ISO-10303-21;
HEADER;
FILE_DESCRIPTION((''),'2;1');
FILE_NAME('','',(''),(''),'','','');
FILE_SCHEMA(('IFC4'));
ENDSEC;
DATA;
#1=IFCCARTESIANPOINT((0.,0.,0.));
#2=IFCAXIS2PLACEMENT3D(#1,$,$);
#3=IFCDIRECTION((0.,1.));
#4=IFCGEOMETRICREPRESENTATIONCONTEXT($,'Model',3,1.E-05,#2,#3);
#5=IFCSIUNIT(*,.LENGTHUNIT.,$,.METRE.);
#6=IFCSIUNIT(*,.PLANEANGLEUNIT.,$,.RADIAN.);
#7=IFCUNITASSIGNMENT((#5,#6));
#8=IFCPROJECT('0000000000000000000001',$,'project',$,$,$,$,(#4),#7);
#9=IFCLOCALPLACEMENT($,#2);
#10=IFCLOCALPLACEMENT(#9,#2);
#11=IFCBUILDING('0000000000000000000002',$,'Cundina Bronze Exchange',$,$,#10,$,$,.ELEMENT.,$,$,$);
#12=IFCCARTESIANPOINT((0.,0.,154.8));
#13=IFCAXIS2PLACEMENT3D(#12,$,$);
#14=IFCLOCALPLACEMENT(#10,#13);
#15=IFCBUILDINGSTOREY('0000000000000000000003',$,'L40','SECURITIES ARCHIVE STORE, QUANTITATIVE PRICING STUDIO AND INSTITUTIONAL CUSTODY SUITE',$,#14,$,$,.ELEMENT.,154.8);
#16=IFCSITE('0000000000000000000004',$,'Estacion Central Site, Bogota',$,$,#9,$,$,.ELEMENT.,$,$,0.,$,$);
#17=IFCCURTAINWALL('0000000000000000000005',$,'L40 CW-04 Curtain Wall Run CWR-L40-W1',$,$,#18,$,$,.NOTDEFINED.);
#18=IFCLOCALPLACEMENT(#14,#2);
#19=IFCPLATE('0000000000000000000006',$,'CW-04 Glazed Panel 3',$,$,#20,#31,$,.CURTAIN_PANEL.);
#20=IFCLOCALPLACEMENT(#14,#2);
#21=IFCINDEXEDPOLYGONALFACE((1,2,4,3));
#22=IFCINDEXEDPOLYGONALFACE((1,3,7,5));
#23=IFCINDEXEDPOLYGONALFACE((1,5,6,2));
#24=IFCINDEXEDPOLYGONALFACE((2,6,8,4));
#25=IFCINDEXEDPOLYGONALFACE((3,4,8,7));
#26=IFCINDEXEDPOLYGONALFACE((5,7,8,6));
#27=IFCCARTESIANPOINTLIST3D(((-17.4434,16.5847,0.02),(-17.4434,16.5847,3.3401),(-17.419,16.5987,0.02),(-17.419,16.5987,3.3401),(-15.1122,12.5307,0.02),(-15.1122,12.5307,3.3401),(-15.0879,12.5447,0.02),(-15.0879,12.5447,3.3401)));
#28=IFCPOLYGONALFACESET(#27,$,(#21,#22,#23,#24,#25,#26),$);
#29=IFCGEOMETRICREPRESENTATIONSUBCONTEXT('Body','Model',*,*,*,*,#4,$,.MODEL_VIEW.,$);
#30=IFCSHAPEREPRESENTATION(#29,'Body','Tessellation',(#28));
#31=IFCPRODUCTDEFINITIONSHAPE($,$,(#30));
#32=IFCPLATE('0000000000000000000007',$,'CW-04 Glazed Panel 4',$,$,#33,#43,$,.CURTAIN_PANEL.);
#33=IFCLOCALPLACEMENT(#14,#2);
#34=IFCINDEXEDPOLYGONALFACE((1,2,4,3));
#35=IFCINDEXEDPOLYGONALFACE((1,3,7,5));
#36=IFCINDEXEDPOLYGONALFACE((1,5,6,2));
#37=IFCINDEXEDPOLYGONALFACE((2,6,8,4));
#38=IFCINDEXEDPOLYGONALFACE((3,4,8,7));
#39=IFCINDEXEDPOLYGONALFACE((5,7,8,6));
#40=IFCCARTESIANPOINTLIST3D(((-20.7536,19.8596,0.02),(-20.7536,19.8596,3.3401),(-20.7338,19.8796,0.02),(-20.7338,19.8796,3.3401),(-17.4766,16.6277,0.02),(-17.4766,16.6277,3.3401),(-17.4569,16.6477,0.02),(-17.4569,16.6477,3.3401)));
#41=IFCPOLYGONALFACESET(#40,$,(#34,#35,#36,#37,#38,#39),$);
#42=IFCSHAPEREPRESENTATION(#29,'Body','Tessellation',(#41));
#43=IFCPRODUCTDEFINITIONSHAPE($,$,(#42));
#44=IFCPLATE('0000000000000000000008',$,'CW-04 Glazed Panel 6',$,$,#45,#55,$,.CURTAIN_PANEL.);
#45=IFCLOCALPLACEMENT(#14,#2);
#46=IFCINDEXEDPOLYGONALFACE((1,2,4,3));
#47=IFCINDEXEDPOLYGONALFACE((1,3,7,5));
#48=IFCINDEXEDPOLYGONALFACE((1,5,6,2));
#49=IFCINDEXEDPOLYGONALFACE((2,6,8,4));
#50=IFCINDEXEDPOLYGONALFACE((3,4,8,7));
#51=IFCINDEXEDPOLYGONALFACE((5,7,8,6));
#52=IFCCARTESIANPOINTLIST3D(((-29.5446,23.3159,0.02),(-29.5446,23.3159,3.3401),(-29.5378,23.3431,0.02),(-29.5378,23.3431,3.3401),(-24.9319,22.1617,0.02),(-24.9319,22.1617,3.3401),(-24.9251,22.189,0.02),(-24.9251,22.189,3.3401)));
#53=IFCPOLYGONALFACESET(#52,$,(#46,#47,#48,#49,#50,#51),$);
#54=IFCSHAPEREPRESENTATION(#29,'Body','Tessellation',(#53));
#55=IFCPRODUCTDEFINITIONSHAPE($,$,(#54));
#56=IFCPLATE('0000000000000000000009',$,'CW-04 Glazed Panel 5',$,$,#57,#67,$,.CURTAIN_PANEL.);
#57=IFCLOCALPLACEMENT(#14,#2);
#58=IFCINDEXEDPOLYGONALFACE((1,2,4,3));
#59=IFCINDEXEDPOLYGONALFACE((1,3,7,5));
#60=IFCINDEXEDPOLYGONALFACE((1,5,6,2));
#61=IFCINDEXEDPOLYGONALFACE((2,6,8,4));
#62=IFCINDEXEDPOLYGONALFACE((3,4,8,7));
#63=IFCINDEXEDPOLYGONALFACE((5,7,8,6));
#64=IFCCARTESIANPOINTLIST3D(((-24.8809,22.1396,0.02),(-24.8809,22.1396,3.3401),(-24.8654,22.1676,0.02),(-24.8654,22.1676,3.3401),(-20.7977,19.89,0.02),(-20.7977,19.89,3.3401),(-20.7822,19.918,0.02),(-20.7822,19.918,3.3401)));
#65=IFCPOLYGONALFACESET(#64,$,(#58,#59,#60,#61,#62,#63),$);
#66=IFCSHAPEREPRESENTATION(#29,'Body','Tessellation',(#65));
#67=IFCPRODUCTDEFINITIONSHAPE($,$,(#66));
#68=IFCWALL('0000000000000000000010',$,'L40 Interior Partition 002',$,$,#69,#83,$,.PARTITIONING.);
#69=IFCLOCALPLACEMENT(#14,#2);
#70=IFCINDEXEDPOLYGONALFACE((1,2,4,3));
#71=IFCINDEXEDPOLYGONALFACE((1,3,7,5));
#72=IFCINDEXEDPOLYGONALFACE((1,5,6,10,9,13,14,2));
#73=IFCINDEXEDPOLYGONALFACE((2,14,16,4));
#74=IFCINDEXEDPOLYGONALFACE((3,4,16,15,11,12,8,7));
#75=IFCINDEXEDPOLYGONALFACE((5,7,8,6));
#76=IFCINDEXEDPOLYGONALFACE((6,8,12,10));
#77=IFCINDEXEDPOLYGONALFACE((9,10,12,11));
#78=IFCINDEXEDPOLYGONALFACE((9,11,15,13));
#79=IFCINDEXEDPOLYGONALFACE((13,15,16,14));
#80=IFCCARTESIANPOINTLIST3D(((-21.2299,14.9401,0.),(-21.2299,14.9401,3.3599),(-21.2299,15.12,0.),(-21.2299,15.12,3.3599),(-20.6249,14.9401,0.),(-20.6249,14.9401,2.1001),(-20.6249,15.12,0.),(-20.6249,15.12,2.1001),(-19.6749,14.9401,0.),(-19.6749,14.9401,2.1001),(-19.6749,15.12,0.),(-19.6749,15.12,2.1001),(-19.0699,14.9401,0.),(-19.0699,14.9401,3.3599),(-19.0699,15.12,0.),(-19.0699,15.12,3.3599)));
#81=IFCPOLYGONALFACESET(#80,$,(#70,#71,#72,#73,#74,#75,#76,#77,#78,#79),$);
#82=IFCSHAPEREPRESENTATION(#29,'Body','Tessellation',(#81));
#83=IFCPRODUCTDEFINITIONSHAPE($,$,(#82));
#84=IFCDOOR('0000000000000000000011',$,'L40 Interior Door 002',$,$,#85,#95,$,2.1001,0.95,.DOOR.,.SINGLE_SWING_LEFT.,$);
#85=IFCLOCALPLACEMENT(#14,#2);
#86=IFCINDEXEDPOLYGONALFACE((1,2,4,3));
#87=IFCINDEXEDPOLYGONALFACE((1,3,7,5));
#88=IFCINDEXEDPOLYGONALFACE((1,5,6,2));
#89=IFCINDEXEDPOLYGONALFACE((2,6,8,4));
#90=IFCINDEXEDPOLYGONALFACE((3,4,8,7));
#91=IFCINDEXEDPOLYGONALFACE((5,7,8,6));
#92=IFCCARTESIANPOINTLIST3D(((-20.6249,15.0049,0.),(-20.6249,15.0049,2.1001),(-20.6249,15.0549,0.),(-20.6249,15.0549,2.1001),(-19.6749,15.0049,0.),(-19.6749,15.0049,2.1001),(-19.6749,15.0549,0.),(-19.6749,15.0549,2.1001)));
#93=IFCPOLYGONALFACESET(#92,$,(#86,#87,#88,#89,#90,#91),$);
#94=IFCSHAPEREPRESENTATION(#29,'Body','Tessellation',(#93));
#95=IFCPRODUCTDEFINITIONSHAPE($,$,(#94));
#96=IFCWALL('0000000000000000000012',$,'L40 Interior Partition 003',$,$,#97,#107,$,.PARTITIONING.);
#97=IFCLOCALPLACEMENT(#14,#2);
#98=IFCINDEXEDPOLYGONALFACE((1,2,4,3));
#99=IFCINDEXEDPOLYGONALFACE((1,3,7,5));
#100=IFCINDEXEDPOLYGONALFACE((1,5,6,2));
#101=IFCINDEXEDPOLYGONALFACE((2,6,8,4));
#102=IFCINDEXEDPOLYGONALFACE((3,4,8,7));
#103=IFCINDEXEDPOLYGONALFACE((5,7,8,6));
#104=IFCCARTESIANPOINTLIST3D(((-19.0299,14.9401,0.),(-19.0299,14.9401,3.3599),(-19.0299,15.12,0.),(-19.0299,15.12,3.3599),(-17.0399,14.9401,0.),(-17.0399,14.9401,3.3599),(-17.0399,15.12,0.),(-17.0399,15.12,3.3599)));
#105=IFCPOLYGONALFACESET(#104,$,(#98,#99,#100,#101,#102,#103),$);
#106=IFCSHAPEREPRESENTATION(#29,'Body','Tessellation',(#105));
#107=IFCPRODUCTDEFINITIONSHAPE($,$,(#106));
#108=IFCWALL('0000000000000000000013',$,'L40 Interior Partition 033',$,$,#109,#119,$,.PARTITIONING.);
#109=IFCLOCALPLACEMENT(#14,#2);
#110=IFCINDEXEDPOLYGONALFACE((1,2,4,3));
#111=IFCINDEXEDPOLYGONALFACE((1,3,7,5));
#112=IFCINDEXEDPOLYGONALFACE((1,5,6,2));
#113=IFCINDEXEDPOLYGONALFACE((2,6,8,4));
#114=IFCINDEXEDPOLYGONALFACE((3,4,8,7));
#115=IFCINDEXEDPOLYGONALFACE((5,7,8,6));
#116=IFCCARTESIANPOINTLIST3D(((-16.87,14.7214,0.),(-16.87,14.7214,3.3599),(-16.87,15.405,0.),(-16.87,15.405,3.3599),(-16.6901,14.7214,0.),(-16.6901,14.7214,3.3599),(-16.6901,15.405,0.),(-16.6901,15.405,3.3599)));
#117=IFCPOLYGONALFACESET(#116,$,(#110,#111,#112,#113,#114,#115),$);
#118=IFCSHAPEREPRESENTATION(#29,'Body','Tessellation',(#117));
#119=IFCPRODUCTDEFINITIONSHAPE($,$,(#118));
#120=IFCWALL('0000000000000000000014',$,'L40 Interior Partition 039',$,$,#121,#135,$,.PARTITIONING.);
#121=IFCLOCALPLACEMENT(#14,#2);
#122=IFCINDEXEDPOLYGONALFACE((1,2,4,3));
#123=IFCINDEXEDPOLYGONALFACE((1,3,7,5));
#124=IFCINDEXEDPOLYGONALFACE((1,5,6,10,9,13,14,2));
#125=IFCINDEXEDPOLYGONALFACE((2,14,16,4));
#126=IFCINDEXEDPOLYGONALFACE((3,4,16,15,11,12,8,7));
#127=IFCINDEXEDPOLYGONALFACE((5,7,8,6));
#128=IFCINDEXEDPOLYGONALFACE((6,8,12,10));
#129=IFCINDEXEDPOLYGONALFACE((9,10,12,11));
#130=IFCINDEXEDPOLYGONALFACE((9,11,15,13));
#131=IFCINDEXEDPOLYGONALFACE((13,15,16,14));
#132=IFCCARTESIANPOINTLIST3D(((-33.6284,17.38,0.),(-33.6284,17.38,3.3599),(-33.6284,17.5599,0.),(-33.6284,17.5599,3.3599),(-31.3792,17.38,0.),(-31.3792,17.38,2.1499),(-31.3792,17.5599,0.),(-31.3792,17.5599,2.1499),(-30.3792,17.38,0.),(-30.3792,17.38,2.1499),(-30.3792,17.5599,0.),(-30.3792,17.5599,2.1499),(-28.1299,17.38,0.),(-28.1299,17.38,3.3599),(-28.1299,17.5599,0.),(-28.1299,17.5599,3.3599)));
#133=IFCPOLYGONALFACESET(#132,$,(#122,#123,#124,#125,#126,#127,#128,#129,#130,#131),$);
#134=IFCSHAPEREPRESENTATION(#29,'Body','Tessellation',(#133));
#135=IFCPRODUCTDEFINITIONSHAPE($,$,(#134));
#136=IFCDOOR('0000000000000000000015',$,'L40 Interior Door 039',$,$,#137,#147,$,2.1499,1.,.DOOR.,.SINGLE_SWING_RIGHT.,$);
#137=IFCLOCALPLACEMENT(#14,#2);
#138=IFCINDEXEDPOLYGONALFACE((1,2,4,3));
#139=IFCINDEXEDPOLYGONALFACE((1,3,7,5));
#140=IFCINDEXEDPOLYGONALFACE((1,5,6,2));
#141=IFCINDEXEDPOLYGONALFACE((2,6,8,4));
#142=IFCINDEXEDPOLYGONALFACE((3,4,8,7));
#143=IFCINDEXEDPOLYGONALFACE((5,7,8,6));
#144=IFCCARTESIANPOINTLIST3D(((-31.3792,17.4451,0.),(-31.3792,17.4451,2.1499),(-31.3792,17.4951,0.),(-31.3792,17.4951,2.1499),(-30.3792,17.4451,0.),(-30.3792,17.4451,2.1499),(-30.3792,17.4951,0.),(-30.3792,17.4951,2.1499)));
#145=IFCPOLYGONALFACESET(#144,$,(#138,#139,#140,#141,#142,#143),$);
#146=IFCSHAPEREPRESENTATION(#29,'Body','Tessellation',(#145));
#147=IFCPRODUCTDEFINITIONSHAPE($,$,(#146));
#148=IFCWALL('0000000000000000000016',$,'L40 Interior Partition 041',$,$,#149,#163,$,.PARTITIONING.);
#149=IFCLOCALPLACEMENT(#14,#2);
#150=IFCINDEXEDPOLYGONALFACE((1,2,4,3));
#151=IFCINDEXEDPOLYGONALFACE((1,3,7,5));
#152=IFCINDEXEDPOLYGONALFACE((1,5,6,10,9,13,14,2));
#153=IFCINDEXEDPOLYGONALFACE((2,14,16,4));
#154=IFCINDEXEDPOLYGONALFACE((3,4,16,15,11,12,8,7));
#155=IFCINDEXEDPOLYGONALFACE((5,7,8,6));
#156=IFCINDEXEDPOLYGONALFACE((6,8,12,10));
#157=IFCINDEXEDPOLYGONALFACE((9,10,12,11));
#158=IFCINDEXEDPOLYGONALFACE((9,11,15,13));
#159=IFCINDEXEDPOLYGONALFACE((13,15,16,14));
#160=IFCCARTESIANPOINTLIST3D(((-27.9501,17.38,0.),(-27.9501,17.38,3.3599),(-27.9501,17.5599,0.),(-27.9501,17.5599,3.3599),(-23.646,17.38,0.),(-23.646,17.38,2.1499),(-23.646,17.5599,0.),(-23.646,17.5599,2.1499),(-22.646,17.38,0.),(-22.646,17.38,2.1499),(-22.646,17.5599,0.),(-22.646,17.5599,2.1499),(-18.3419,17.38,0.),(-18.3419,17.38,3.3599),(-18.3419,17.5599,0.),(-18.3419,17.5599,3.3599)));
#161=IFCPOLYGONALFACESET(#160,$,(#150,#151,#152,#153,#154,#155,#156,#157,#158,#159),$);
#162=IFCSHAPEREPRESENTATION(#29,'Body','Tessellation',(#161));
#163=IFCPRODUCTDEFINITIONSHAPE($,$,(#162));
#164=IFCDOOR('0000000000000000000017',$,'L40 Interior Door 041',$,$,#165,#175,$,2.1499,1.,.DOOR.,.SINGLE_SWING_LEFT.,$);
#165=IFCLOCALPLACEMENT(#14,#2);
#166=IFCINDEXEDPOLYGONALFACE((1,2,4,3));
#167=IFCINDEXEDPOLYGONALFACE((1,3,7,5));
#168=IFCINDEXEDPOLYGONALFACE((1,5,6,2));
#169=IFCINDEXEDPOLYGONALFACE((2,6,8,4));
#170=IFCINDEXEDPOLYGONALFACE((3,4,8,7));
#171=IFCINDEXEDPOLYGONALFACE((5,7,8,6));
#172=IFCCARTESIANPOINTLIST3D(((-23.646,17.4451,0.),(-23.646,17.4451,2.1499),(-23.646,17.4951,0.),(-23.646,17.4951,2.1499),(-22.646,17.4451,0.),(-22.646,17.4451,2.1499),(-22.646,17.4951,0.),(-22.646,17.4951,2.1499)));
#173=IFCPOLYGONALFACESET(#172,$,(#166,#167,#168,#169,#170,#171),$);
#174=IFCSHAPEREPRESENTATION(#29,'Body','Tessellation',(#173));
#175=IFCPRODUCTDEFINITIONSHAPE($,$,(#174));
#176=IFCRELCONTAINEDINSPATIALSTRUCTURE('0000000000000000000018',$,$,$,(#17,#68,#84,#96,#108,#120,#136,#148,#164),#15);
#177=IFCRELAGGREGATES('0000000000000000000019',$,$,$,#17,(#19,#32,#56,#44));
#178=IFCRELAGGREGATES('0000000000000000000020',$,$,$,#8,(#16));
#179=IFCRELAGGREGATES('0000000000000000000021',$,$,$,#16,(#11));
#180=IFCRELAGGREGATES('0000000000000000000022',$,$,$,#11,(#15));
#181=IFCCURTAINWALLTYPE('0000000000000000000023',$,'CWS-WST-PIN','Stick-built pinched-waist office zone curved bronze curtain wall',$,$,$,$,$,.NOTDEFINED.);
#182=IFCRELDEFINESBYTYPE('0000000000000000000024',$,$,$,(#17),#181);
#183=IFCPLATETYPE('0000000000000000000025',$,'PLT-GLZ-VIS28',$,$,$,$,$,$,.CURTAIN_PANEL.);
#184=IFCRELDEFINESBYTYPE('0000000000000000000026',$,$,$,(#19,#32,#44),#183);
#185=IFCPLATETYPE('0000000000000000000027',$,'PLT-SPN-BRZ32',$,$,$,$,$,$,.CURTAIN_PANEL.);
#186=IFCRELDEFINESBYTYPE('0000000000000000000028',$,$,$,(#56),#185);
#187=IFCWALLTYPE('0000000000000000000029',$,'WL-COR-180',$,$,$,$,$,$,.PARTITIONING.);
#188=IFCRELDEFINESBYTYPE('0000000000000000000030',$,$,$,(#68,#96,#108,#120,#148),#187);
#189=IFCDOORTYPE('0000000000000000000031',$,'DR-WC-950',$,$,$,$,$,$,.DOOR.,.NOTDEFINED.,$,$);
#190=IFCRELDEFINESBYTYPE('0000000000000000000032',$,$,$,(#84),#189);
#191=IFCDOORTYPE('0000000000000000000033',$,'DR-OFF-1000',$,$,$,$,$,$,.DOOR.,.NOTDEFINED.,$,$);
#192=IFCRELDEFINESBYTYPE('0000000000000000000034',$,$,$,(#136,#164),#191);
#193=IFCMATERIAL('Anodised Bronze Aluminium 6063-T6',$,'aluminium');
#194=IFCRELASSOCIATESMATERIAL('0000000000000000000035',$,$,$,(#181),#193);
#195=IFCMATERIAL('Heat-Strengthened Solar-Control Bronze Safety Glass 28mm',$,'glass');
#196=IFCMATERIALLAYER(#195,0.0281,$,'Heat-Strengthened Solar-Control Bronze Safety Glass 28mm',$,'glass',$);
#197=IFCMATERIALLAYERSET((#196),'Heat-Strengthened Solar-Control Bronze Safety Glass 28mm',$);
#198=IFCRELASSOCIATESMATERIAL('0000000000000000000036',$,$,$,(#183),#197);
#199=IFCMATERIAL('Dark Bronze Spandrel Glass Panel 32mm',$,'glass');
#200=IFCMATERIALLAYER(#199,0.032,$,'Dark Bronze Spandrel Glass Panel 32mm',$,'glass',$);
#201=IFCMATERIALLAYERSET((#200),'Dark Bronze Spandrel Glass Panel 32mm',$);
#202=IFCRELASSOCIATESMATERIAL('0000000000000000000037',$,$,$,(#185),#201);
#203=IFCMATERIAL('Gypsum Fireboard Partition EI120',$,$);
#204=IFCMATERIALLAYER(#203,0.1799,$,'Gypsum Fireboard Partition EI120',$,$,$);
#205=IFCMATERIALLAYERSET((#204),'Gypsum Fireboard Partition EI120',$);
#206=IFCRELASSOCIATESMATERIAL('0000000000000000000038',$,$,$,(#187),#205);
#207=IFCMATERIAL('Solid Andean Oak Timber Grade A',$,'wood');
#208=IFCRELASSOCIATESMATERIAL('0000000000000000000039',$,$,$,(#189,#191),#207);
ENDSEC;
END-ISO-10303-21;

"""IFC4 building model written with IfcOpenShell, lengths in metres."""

from ifc_helpers import new_model, si_unit, direction, frame, frame_2d, origin, origin_2d, place, context, subcontext, project, spatial, rectangle, extrude, material, layer, layer_set, type_object, element, fill, aggregate, save


model = new_model("IFC4")

# Units and contexts
model_context = context("Model", 3, precision=1e-05, world=origin(), true_north=direction((0.0, 1.0)))
body_context = subcontext(model_context, "Body", "Model", "MODEL_VIEW")
ifc_project = project(units=[si_unit("LENGTHUNIT", "METRE"), si_unit("PLANEANGLEUNIT", "RADIAN")], contexts=[model_context])

# Site, building, storey
site_placement = place(None, origin())
site = spatial("IfcSite", under=ifc_project, at=site_placement, Name="Estacion Central Site, Bogota", CompositionType="ELEMENT", RefElevation=0.0)
building_placement = place(site_placement, origin())
building = spatial("IfcBuilding", under=site, at=building_placement, Name="Cundina Bronze Exchange", CompositionType="ELEMENT")
storey_placement = place(building_placement, frame((0.0, 0.0, 154.8)))
storey = spatial("IfcBuildingStorey", under=building, at=storey_placement, Name="L40", Description="SECURITIES ARCHIVE STORE, QUANTITATIVE PRICING STUDIO AND INSTITUTIONAL CUSTODY SUITE", CompositionType="ELEMENT", Elevation=154.8)

# Curtain wall, plates
ifc_material_1 = material(Name="Anodised Bronze Aluminium 6063-T6", Category="aluminium")
curtain_wall_type = type_object("IfcCurtainWallType", Name="CWS-WST-PIN", Description="Stick-built pinched-waist office zone curved bronze curtain wall", PredefinedType="NOTDEFINED", material=ifc_material_1)
curtain_wall_placement = place(storey_placement, origin())
curtain_wall = element("IfcCurtainWall", 1, at=curtain_wall_placement, inside=storey, type_object=curtain_wall_type, Name="L40 CW-04 Curtain Wall Run CWR-L40-W1", PredefinedType="NOTDEFINED")
ifc_material_2 = material(Name="Heat-Strengthened Solar-Control Bronze Safety Glass 28mm", Category="glass")
ifc_layer_1 = layer(ifc_material_2, 0.0281, Name="Heat-Strengthened Solar-Control Bronze Safety Glass 28mm", Category="glass")
ifc_layer_set_1 = layer_set([ifc_layer_1], Name="Heat-Strengthened Solar-Control Bronze Safety Glass 28mm")
plate_type_1 = type_object("IfcPlateType", Name="PLT-GLZ-VIS28", PredefinedType="CURTAIN_PANEL", material=ifc_layer_set_1)
plate_1_placement = place(storey_placement, frame((-16.2656, 14.5647, 0.02), z_axis=(0.0, 0.0, 1.0), x_axis=(-0.498488, 0.866897, 0.0)))
plate_1 = element("IfcPlate", 2, at=plate_1_placement, type_object=plate_type_1, Name="CW-04 Glazed Panel 3", PredefinedType="CURTAIN_PANEL", context=body_context, shape_type="SweptSolid", body=[
    extrude(rectangle(XDim=4.6765, YDim=0.0281, at=origin_2d()), origin(), (0.0, 0.0, 1.0), 3.3201),
])
plate_2_placement = place(storey_placement, frame((-19.1052, 18.2537, 0.02), z_axis=(0.0, 0.0, 1.0), x_axis=(-0.711989, 0.70219, 0.0)))
plate_2 = element("IfcPlate", 3, at=plate_2_placement, type_object=plate_type_1, Name="CW-04 Glazed Panel 4", PredefinedType="CURTAIN_PANEL", context=body_context, shape_type="SweptSolid", body=[
    extrude(rectangle(XDim=4.6025, YDim=0.0281, at=origin_2d()), origin(), (0.0, 0.0, 1.0), 3.3201),
])
plate_3_placement = place(storey_placement, frame((-27.2349, 22.7524, 0.02), z_axis=(0.0, 0.0, 1.0), x_axis=(-0.970093, 0.242735, 0.0)))
plate_3 = element("IfcPlate", 4, at=plate_3_placement, type_object=plate_type_1, Name="CW-04 Glazed Panel 6", PredefinedType="CURTAIN_PANEL", context=body_context, shape_type="SweptSolid", body=[
    extrude(rectangle(XDim=4.7549, YDim=0.0281, at=origin_2d()), origin(), (0.0, 0.0, 1.0), 3.3201),
])
ifc_material_3 = material(Name="Dark Bronze Spandrel Glass Panel 32mm", Category="glass")
ifc_layer_2 = layer(ifc_material_3, 0.032, Name="Dark Bronze Spandrel Glass Panel 32mm", Category="glass")
ifc_layer_set_2 = layer_set([ifc_layer_2], Name="Dark Bronze Spandrel Glass Panel 32mm")
plate_type_2 = type_object("IfcPlateType", Name="PLT-SPN-BRZ32", PredefinedType="CURTAIN_PANEL", material=ifc_layer_set_2)
plate_4_placement = place(storey_placement, frame((-22.8315, 21.0288, 0.02), z_axis=(0.0, 0.0, 1.0), x_axis=(-0.875869, 0.482549, 0.0)))
plate_4 = element("IfcPlate", 5, at=plate_4_placement, type_object=plate_type_2, Name="CW-04 Glazed Panel 5", PredefinedType="CURTAIN_PANEL", context=body_context, shape_type="SweptSolid", body=[
    extrude(rectangle(XDim=4.6619, YDim=0.032, at=origin_2d()), origin(), (0.0, 0.0, 1.0), 3.3201),
])
aggregate(curtain_wall, [plate_1, plate_2, plate_4, plate_3])

# Wall, opening, door
ifc_material_4 = material(Name="Gypsum Fireboard Partition EI120")
ifc_layer_3 = layer(ifc_material_4, 0.1799, Name="Gypsum Fireboard Partition EI120")
ifc_layer_set_3 = layer_set([ifc_layer_3], Name="Gypsum Fireboard Partition EI120")
wall_type_1 = type_object("IfcWallType", Name="WL-COR-180", PredefinedType="PARTITIONING", material=ifc_layer_set_3)
wall_1_placement = place(storey_placement, frame((-21.23, 15.03, 0.0), z_axis=(0.0, 0.0, 1.0), x_axis=(1.0, 0.0, 0.0)))
wall_1 = element("IfcWall", 6, at=wall_1_placement, inside=storey, type_object=wall_type_1, Name="L40 Interior Partition 002", PredefinedType="PARTITIONING", context=body_context, shape_type="SweptSolid", body=[
    extrude(rectangle(XDim=2.1599, YDim=0.1799, at=frame_2d((1.0801, 0.0))), origin(), (0.0, 0.0, 1.0), 3.3599),
])
opening_1_placement = place(wall_1_placement, frame((0.605, 0.0, 0.0)))
opening_1 = element("IfcOpeningElement", 7, at=opening_1_placement, cuts=wall_1, PredefinedType="OPENING", context=body_context, shape_type="SweptSolid", body=[
    extrude(rectangle(XDim=0.95, YDim=2.1001, at=frame_2d((0.4751, 1.05))), frame((0.0, 0.0999, 0.0), z_axis=(0.0, -1.0, 0.0), x_axis=(1.0, 0.0, 0.0)), (0.0, 0.0, 1.0), 0.2),
])
ifc_material_5 = material(Name="Solid Andean Oak Timber Grade A", Category="wood")
door_type_1 = type_object("IfcDoorType", Name="DR-WC-950", OperationType="NOTDEFINED", PredefinedType="DOOR", material=ifc_material_5)
door_1_placement = place(opening_1_placement, origin())
door_1 = element("IfcDoor", 8, at=door_1_placement, inside=storey, type_object=door_type_1, Name="L40 Interior Door 002", OperationType="SINGLE_SWING_LEFT", OverallHeight=2.1001, OverallWidth=0.95, PredefinedType="DOOR", context=body_context, shape_type="SweptSolid", body=[
    extrude(rectangle(XDim=0.95, YDim=2.1001, at=frame_2d((0.4751, 1.05))), frame((0.0, 0.0249, 0.0), z_axis=(0.0, -1.0, 0.0), x_axis=(1.0, 0.0, 0.0)), (0.0, 0.0, 1.0), 0.05),
])
fill(opening_1, door_1)

# Walls
wall_2_placement = place(storey_placement, frame((-19.03, 15.03, 0.0), z_axis=(0.0, 0.0, 1.0), x_axis=(1.0, 0.0, 0.0)))
element("IfcWall", 9, at=wall_2_placement, inside=storey, type_object=wall_type_1, Name="L40 Interior Partition 003", PredefinedType="PARTITIONING", context=body_context, shape_type="SweptSolid", body=[
    extrude(rectangle(XDim=1.99, YDim=0.1799, at=frame_2d((0.9951, 0.0))), origin(), (0.0, 0.0, 1.0), 3.3599),
])
wall_3_placement = place(storey_placement, frame((-16.78, 14.7214, 0.0), z_axis=(0.0, 0.0, 1.0), x_axis=(0.0, 1.0, 0.0)))
element("IfcWall", 10, at=wall_3_placement, inside=storey, type_object=wall_type_1, Name="L40 Interior Partition 033", PredefinedType="PARTITIONING", context=body_context, shape_type="SweptSolid", body=[
    extrude(rectangle(XDim=0.6836, YDim=0.1799, at=frame_2d((0.3418, 0.0))), origin(), (0.0, 0.0, 1.0), 3.3599),
])

# Walls, openings, doors
wall_4_placement = place(storey_placement, frame((-28.1299, 17.47, 0.0), z_axis=(0.0, 0.0, 1.0), x_axis=(-1.0, 0.0, 0.0)))
wall_4 = element("IfcWall", 11, at=wall_4_placement, inside=storey, type_object=wall_type_1, Name="L40 Interior Partition 039", PredefinedType="PARTITIONING", context=body_context, shape_type="SweptSolid", body=[
    extrude(rectangle(XDim=5.4985, YDim=0.1799, at=frame_2d((2.7493, 0.0))), origin(), (0.0, 0.0, 1.0), 3.3599),
])
opening_2_placement = place(wall_4_placement, frame((2.2493, 0.0, 0.0)))
opening_2 = element("IfcOpeningElement", 12, at=opening_2_placement, cuts=wall_4, PredefinedType="OPENING", context=body_context, shape_type="SweptSolid", body=[
    extrude(rectangle(XDim=1.0, YDim=2.1499, at=frame_2d((0.5, 1.075))), frame((0.0, 0.0999, 0.0), z_axis=(0.0, -1.0, 0.0), x_axis=(1.0, 0.0, 0.0)), (0.0, 0.0, 1.0), 0.2),
])
door_type_2 = type_object("IfcDoorType", Name="DR-OFF-1000", OperationType="NOTDEFINED", PredefinedType="DOOR", material=ifc_material_5)
door_2_placement = place(opening_2_placement, origin())
door_2 = element("IfcDoor", 13, at=door_2_placement, inside=storey, type_object=door_type_2, Name="L40 Interior Door 039", OperationType="SINGLE_SWING_RIGHT", OverallHeight=2.1499, OverallWidth=1.0, PredefinedType="DOOR", context=body_context, shape_type="SweptSolid", body=[
    extrude(rectangle(XDim=1.0, YDim=2.1499, at=frame_2d((0.5, 1.075))), frame((0.0, 0.0249, 0.0), z_axis=(0.0, -1.0, 0.0), x_axis=(1.0, 0.0, 0.0)), (0.0, 0.0, 1.0), 0.05),
])
fill(opening_2, door_2)
wall_5_placement = place(storey_placement, frame((-18.3418, 17.47, 0.0), z_axis=(0.0, 0.0, 1.0), x_axis=(-1.0, 0.0, 0.0)))
wall_5 = element("IfcWall", 14, at=wall_5_placement, inside=storey, type_object=wall_type_1, Name="L40 Interior Partition 041", PredefinedType="PARTITIONING", context=body_context, shape_type="SweptSolid", body=[
    extrude(rectangle(XDim=9.6082, YDim=0.1799, at=frame_2d((4.8042, 0.0))), origin(), (0.0, 0.0, 1.0), 3.3599),
])
opening_3_placement = place(wall_5_placement, frame((4.3042, 0.0, 0.0)))
opening_3 = element("IfcOpeningElement", 15, at=opening_3_placement, cuts=wall_5, PredefinedType="OPENING", context=body_context, shape_type="SweptSolid", body=[
    extrude(rectangle(XDim=1.0, YDim=2.1499, at=frame_2d((0.5, 1.075))), frame((0.0, 0.0999, 0.0), z_axis=(0.0, -1.0, 0.0), x_axis=(1.0, 0.0, 0.0)), (0.0, 0.0, 1.0), 0.2),
])
door_3_placement = place(opening_3_placement, origin())
door_3 = element("IfcDoor", 16, at=door_3_placement, inside=storey, type_object=door_type_2, Name="L40 Interior Door 041", OperationType="SINGLE_SWING_LEFT", OverallHeight=2.1499, OverallWidth=1.0, PredefinedType="DOOR", context=body_context, shape_type="SweptSolid", body=[
    extrude(rectangle(XDim=1.0, YDim=2.1499, at=frame_2d((0.5, 1.075))), frame((0.0, 0.0249, 0.0), z_axis=(0.0, -1.0, 0.0), x_axis=(1.0, 0.0, 0.0)), (0.0, 0.0, 1.0), 0.05),
])
fill(opening_3, door_3)

save(model, "model.ifc")
